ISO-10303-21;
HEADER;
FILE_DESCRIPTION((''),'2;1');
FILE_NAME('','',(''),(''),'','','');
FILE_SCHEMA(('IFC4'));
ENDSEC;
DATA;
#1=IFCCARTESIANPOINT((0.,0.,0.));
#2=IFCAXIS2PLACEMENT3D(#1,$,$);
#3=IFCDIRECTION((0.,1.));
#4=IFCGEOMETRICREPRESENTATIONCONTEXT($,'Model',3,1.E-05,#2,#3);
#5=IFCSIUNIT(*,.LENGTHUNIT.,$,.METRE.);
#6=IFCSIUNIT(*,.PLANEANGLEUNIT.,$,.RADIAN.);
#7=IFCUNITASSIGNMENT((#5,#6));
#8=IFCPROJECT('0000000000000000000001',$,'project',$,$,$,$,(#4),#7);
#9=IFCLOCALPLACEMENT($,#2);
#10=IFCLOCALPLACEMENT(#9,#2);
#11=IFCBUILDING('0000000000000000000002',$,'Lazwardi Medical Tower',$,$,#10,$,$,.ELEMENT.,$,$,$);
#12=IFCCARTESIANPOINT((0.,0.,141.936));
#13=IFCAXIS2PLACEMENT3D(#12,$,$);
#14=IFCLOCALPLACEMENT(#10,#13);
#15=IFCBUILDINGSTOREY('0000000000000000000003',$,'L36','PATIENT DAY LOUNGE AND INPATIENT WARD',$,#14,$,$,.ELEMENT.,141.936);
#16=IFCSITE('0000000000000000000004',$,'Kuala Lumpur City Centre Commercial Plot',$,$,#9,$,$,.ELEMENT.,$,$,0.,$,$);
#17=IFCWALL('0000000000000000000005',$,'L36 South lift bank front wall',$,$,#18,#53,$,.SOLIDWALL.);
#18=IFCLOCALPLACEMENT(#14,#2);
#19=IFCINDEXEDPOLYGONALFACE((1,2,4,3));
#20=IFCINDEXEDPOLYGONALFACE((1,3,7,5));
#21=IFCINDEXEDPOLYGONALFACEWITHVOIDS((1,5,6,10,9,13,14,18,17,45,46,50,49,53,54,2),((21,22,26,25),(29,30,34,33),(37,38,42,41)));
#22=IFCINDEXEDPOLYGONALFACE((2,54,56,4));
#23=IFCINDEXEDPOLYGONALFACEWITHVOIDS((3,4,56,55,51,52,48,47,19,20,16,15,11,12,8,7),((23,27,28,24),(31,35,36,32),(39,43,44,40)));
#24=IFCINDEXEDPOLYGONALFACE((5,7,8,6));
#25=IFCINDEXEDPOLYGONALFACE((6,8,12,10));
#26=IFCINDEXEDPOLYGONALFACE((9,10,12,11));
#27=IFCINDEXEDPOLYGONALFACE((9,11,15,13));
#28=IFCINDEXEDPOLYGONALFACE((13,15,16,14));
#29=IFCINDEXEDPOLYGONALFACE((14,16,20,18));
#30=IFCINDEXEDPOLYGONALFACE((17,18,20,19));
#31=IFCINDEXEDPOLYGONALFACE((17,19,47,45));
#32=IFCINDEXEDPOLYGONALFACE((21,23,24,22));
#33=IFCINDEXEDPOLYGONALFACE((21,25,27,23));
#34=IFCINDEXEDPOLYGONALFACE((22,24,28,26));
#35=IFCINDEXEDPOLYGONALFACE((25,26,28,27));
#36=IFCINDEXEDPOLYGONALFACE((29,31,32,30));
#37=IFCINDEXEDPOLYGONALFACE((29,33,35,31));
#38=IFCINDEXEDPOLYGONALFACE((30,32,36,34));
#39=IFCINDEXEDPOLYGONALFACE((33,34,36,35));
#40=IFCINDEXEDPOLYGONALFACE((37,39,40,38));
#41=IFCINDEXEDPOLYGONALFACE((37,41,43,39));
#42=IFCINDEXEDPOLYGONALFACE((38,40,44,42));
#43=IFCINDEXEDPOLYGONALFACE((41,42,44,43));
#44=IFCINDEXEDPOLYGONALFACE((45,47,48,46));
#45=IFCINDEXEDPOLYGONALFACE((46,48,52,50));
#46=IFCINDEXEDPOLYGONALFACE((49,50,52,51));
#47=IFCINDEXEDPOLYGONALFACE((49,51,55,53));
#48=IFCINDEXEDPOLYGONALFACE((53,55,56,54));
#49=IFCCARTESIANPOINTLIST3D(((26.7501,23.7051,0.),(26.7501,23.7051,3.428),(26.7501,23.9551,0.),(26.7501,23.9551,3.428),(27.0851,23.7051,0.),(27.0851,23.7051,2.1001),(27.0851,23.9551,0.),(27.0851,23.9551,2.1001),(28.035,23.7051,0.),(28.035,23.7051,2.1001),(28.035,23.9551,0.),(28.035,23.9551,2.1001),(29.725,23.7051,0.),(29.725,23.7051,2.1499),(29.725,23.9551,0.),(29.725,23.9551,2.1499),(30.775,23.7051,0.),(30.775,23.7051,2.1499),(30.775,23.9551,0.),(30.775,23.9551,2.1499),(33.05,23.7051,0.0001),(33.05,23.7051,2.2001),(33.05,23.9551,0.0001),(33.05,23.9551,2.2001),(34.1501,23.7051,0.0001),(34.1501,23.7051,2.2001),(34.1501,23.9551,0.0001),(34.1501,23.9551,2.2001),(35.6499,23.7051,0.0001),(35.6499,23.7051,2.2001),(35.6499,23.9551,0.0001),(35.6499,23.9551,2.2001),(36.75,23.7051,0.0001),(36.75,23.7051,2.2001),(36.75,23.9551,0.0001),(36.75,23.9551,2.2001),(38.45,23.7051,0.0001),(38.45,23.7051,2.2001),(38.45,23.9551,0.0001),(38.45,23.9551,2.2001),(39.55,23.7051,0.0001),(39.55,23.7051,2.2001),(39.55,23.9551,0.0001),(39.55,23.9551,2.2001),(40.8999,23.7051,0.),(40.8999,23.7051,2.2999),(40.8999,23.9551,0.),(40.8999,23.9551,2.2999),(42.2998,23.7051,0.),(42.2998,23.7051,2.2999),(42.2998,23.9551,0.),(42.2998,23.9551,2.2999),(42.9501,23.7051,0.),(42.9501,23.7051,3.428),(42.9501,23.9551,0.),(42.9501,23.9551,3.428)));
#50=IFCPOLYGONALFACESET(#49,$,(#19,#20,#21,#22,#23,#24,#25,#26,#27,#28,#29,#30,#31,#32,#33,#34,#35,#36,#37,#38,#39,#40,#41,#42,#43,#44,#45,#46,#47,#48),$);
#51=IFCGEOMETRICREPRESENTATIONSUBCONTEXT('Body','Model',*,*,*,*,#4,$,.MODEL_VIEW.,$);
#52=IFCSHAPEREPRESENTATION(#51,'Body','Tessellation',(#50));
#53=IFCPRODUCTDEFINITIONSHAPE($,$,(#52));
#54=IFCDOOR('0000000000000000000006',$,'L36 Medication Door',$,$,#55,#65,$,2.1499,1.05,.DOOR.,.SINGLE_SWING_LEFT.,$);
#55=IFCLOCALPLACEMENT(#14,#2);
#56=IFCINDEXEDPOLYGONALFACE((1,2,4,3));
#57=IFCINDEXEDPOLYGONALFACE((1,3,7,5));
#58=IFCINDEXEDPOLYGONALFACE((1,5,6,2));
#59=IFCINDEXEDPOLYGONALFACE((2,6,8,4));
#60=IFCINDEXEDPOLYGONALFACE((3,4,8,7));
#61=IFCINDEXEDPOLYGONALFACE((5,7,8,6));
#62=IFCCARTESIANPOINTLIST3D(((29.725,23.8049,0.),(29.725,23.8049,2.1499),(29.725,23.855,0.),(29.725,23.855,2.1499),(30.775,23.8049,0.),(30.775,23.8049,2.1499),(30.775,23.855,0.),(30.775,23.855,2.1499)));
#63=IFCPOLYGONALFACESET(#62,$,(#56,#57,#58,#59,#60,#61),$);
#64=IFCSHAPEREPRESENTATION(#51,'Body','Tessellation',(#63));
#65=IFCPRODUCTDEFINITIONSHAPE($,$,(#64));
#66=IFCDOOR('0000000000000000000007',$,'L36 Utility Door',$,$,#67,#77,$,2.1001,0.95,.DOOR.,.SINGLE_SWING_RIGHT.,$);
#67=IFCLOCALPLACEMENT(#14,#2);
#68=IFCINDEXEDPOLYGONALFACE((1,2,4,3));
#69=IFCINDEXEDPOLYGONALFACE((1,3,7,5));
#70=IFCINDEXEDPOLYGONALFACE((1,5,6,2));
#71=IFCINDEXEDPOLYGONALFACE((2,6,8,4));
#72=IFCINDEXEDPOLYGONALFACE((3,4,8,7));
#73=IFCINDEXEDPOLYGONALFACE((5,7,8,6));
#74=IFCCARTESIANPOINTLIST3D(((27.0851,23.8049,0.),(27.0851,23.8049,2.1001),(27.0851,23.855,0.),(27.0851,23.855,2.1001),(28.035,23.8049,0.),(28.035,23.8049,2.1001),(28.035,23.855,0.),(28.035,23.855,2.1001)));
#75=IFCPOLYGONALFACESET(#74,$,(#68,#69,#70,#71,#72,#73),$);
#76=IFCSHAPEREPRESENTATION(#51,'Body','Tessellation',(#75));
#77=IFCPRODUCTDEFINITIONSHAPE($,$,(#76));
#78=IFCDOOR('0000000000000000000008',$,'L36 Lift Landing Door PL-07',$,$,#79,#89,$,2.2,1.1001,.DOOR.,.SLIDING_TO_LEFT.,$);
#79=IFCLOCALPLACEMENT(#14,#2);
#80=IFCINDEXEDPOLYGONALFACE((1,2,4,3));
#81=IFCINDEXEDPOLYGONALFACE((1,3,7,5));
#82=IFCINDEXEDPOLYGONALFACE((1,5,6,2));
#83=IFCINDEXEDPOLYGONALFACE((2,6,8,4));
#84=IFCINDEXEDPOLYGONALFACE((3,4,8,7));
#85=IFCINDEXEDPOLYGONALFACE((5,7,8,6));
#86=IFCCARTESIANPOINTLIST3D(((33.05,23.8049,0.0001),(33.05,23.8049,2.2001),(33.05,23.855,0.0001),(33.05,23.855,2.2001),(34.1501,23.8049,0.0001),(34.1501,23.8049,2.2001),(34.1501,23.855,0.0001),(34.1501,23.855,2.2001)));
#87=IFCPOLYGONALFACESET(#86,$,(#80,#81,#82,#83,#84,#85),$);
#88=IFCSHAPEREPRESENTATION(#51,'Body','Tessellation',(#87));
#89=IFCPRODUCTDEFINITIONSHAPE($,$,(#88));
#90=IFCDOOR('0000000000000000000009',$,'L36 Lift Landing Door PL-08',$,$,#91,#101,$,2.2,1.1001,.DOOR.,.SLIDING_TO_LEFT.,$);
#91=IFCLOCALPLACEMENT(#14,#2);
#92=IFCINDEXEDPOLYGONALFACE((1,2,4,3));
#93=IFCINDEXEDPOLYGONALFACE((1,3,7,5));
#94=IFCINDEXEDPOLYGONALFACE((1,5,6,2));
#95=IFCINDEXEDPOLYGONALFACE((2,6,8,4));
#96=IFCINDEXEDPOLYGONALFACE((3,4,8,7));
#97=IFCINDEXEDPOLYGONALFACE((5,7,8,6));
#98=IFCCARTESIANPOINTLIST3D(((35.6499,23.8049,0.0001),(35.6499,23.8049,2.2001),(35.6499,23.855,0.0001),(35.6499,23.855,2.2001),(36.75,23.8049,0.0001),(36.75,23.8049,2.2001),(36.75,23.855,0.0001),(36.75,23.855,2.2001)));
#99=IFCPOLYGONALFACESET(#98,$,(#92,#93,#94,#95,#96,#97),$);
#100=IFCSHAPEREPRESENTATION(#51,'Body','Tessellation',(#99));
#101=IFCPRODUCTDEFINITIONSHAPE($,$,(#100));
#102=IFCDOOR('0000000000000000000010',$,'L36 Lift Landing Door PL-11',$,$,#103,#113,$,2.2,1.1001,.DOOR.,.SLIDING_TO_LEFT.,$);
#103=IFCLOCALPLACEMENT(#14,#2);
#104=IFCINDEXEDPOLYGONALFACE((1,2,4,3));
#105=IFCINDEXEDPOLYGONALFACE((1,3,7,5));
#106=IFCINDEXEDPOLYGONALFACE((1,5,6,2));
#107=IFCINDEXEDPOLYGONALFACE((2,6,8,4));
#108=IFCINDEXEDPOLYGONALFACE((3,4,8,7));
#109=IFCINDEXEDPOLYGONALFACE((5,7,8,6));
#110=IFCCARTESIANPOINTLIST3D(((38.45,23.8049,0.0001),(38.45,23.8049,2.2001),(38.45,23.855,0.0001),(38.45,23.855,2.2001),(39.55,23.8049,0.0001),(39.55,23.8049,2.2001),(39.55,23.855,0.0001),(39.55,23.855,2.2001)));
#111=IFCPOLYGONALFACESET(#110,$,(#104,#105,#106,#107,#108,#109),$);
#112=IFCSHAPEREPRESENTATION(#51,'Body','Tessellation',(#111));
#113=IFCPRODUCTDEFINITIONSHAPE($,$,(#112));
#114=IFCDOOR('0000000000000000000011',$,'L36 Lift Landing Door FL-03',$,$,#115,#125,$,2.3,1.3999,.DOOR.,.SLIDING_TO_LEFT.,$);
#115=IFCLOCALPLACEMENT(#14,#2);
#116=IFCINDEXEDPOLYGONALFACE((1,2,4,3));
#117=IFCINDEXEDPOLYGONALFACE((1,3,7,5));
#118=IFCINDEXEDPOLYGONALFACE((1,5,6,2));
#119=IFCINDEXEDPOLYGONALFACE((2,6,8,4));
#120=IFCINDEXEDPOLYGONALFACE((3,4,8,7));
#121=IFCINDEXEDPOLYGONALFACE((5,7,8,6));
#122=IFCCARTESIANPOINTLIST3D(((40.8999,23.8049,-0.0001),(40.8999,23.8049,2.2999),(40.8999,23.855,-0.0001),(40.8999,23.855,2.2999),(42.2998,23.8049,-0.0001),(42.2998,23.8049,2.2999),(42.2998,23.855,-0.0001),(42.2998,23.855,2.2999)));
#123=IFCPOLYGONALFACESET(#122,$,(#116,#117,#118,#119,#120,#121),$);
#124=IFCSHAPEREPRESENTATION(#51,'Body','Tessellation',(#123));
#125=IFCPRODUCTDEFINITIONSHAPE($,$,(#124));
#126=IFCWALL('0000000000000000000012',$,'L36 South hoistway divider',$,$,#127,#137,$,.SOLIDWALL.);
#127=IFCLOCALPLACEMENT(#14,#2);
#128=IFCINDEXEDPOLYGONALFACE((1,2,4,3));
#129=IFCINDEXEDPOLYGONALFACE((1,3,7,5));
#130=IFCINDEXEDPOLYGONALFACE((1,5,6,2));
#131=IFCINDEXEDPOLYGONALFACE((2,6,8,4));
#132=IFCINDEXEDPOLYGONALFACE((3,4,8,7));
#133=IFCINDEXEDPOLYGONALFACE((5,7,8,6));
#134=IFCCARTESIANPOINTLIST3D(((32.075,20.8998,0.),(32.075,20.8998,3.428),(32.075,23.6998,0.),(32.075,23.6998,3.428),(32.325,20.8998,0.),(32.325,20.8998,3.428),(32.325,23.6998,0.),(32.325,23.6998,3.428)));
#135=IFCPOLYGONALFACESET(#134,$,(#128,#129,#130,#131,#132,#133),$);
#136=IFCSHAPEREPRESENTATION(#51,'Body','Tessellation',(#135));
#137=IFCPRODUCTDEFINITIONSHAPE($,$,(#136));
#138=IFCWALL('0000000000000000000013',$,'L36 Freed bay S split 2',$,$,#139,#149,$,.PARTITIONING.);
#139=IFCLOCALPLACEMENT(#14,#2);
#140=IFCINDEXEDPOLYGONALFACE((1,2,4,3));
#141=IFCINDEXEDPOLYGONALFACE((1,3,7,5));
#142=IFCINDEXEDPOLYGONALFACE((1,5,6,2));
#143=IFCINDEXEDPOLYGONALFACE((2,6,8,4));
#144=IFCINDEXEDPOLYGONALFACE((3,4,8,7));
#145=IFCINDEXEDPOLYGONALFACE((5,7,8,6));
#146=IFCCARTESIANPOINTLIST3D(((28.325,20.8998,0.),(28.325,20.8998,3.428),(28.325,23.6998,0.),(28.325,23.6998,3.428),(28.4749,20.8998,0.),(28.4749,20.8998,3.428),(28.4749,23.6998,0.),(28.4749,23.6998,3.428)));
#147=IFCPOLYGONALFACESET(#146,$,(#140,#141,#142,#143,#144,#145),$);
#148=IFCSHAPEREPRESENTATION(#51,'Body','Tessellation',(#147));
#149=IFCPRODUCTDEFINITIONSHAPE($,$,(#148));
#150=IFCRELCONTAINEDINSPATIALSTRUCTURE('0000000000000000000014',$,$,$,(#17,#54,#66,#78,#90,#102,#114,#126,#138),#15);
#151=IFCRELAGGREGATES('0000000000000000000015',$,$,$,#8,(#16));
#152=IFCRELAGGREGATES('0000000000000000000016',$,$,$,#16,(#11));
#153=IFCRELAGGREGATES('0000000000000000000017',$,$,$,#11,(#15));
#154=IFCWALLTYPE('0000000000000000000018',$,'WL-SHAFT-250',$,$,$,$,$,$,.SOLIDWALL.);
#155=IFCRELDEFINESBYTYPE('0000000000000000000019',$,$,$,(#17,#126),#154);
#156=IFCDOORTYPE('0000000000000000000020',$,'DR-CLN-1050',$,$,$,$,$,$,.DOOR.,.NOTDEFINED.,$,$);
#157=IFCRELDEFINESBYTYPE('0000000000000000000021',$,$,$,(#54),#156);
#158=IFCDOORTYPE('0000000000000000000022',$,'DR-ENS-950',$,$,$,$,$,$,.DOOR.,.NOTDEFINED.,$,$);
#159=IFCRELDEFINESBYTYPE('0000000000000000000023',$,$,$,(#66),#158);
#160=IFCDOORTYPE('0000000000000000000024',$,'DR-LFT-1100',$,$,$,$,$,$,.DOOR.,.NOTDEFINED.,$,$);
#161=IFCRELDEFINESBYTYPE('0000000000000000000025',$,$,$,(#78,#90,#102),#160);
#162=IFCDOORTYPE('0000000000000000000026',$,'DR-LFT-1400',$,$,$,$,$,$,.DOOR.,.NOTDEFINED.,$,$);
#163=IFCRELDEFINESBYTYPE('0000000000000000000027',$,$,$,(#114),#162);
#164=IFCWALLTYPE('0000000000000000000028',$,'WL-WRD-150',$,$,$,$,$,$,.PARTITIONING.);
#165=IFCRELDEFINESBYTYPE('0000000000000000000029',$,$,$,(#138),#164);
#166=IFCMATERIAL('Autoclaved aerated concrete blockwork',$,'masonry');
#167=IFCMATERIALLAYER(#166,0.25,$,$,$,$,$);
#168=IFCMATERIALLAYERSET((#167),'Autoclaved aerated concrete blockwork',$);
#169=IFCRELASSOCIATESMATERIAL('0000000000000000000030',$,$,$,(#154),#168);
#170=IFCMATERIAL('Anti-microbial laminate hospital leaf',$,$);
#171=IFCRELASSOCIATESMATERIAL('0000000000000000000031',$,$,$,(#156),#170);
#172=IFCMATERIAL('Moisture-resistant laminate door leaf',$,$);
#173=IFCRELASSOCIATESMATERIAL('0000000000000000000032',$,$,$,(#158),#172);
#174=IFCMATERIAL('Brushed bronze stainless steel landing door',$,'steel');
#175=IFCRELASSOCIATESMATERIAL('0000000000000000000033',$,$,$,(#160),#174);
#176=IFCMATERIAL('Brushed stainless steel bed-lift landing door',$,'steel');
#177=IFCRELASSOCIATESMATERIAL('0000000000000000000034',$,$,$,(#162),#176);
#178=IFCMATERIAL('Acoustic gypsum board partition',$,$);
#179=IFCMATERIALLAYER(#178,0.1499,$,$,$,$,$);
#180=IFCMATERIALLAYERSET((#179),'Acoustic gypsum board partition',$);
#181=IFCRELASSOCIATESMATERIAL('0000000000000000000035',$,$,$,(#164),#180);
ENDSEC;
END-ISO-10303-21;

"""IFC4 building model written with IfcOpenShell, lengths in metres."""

from ifc_helpers import new_model, si_unit, direction, frame, frame_2d, origin, place, context, subcontext, project, spatial, rectangle, extrude, material, layer, layer_set, type_object, element, fill, save


model = new_model("IFC4")

# Units and contexts
model_context = context("Model", 3, precision=1e-05, world=origin(), true_north=direction((0.0, 1.0)))
body_context = subcontext(model_context, "Body", "Model", "MODEL_VIEW")
ifc_project = project(units=[si_unit("LENGTHUNIT", "METRE"), si_unit("PLANEANGLEUNIT", "RADIAN")], contexts=[model_context])

# Site, building, storey
site_placement = place(None, origin())
site = spatial("IfcSite", under=ifc_project, at=site_placement, Name="Kuala Lumpur City Centre Commercial Plot", CompositionType="ELEMENT", RefElevation=0.0)
building_placement = place(site_placement, origin())
building = spatial("IfcBuilding", under=site, at=building_placement, Name="Lazwardi Medical Tower", CompositionType="ELEMENT")
storey_placement = place(building_placement, frame((0.0, 0.0, 141.936)))
storey = spatial("IfcBuildingStorey", under=building, at=storey_placement, Name="L36", Description="PATIENT DAY LOUNGE AND INPATIENT WARD", CompositionType="ELEMENT", Elevation=141.936)

# Wall, openings, doors
ifc_material_1 = material(Name="Autoclaved aerated concrete blockwork", Category="masonry")
ifc_layer_1 = layer(ifc_material_1, 0.25)
ifc_layer_set_1 = layer_set([ifc_layer_1], Name="Autoclaved aerated concrete blockwork")
wall_type_1 = type_object("IfcWallType", Name="WL-SHAFT-250", PredefinedType="SOLIDWALL", material=ifc_layer_set_1)
wall_1_placement = place(storey_placement, frame((26.75, 23.8301, 0.0), z_axis=(0.0, 0.0, 1.0), x_axis=(1.0, 0.0, 0.0)))
wall_1 = element("IfcWall", 1, at=wall_1_placement, inside=storey, type_object=wall_type_1, Name="L36 South lift bank front wall", PredefinedType="SOLIDWALL", context=body_context, shape_type="SweptSolid", body=[
    extrude(rectangle(XDim=16.2, YDim=0.25, at=frame_2d((8.1001, 0.0))), origin(), (0.0, 0.0, 1.0), 3.428),
])
opening_1_placement = place(wall_1_placement, frame((0.335, 0.0, 0.0)))
opening_1 = element("IfcOpeningElement", 2, at=opening_1_placement, cuts=wall_1, PredefinedType="OPENING", context=body_context, shape_type="SweptSolid", body=[
    extrude(rectangle(XDim=0.95, YDim=2.1001, at=frame_2d((0.4751, 1.05))), frame((0.0, 0.135, 0.0), z_axis=(0.0, -1.0, 0.0), x_axis=(1.0, 0.0, 0.0)), (0.0, 0.0, 1.0), 0.27),
])
opening_2_placement = place(wall_1_placement, frame((2.9751, 0.0, 0.0)))
opening_2 = element("IfcOpeningElement", 3, at=opening_2_placement, cuts=wall_1, PredefinedType="OPENING", context=body_context, shape_type="SweptSolid", body=[
    extrude(rectangle(XDim=1.05, YDim=2.1499, at=frame_2d((0.5249, 1.075))), frame((0.0, 0.135, 0.0), z_axis=(0.0, -1.0, 0.0), x_axis=(1.0, 0.0, 0.0)), (0.0, 0.0, 1.0), 0.27),
])
opening_3_placement = place(wall_1_placement, frame((6.3, 0.0, 0.0)))
opening_3 = element("IfcOpeningElement", 4, at=opening_3_placement, cuts=wall_1, PredefinedType="OPENING", context=body_context, shape_type="SweptSolid", body=[
    extrude(rectangle(XDim=1.1001, YDim=2.2, at=frame_2d((0.55, 1.1001))), frame((0.0, 0.135, 0.0), z_axis=(0.0, -1.0, 0.0), x_axis=(1.0, 0.0, 0.0)), (0.0, 0.0, 1.0), 0.27),
])
opening_4_placement = place(wall_1_placement, frame((8.8999, 0.0, 0.0)))
opening_4 = element("IfcOpeningElement", 5, at=opening_4_placement, cuts=wall_1, PredefinedType="OPENING", context=body_context, shape_type="SweptSolid", body=[
    extrude(rectangle(XDim=1.1001, YDim=2.2, at=frame_2d((0.55, 1.1001))), frame((0.0, 0.135, 0.0), z_axis=(0.0, -1.0, 0.0), x_axis=(1.0, 0.0, 0.0)), (0.0, 0.0, 1.0), 0.27),
])
opening_5_placement = place(wall_1_placement, frame((11.7, 0.0, 0.0)))
opening_5 = element("IfcOpeningElement", 6, at=opening_5_placement, cuts=wall_1, PredefinedType="OPENING", context=body_context, shape_type="SweptSolid", body=[
    extrude(rectangle(XDim=1.1001, YDim=2.2, at=frame_2d((0.55, 1.1001))), frame((0.0, 0.135, 0.0), z_axis=(0.0, -1.0, 0.0), x_axis=(1.0, 0.0, 0.0)), (0.0, 0.0, 1.0), 0.27),
])
opening_6_placement = place(wall_1_placement, frame((14.1499, 0.0, 0.0)))
opening_6 = element("IfcOpeningElement", 7, at=opening_6_placement, cuts=wall_1, PredefinedType="OPENING", context=body_context, shape_type="SweptSolid", body=[
    extrude(rectangle(XDim=1.3999, YDim=2.3, at=frame_2d((0.7, 1.1499))), frame((0.0, 0.135, 0.0), z_axis=(0.0, -1.0, 0.0), x_axis=(1.0, 0.0, 0.0)), (0.0, 0.0, 1.0), 0.27),
])
ifc_material_2 = material(Name="Anti-microbial laminate hospital leaf")
door_type_1 = type_object("IfcDoorType", Name="DR-CLN-1050", OperationType="NOTDEFINED", PredefinedType="DOOR", material=ifc_material_2)
door_1_placement = place(opening_2_placement, origin())
door_1 = element("IfcDoor", 8, at=door_1_placement, inside=storey, type_object=door_type_1, Name="L36 Medication Door", OperationType="SINGLE_SWING_LEFT", OverallHeight=2.1499, OverallWidth=1.05, PredefinedType="DOOR", context=body_context, shape_type="SweptSolid", body=[
    extrude(rectangle(XDim=1.05, YDim=2.1499, at=frame_2d((0.5249, 1.075))), frame((0.0, 0.0249, 0.0), z_axis=(0.0, -1.0, 0.0), x_axis=(1.0, 0.0, 0.0)), (0.0, 0.0, 1.0), 0.05),
])
fill(opening_2, door_1)
ifc_material_3 = material(Name="Moisture-resistant laminate door leaf")
door_type_2 = type_object("IfcDoorType", Name="DR-ENS-950", OperationType="NOTDEFINED", PredefinedType="DOOR", material=ifc_material_3)
door_2_placement = place(opening_1_placement, origin())
door_2 = element("IfcDoor", 9, at=door_2_placement, inside=storey, type_object=door_type_2, Name="L36 Utility Door", OperationType="SINGLE_SWING_RIGHT", OverallHeight=2.1001, OverallWidth=0.95, PredefinedType="DOOR", context=body_context, shape_type="SweptSolid", body=[
    extrude(rectangle(XDim=0.95, YDim=2.1001, at=frame_2d((0.4751, 1.05))), frame((0.0, 0.0249, 0.0), z_axis=(0.0, -1.0, 0.0), x_axis=(1.0, 0.0, 0.0)), (0.0, 0.0, 1.0), 0.05),
])
fill(opening_1, door_2)
ifc_material_4 = material(Name="Brushed bronze stainless steel landing door", Category="steel")
door_type_3 = type_object("IfcDoorType", Name="DR-LFT-1100", OperationType="NOTDEFINED", PredefinedType="DOOR", material=ifc_material_4)
door_3_placement = place(opening_3_placement, origin())
door_3 = element("IfcDoor", 10, at=door_3_placement, inside=storey, type_object=door_type_3, Name="L36 Lift Landing Door PL-07", OperationType="SLIDING_TO_LEFT", OverallHeight=2.2, OverallWidth=1.1001, PredefinedType="DOOR", context=body_context, shape_type="SweptSolid", body=[
    extrude(rectangle(XDim=1.1001, YDim=2.2, at=frame_2d((0.55, 1.1001))), frame((0.0, 0.0249, 0.0), z_axis=(0.0, -1.0, 0.0), x_axis=(1.0, 0.0, 0.0)), (0.0, 0.0, 1.0), 0.05),
])
fill(opening_3, door_3)
door_4_placement = place(opening_4_placement, origin())
door_4 = element("IfcDoor", 11, at=door_4_placement, inside=storey, type_object=door_type_3, Name="L36 Lift Landing Door PL-08", OperationType="SLIDING_TO_LEFT", OverallHeight=2.2, OverallWidth=1.1001, PredefinedType="DOOR", context=body_context, shape_type="SweptSolid", body=[
    extrude(rectangle(XDim=1.1001, YDim=2.2, at=frame_2d((0.55, 1.1001))), frame((0.0, 0.0249, 0.0), z_axis=(0.0, -1.0, 0.0), x_axis=(1.0, 0.0, 0.0)), (0.0, 0.0, 1.0), 0.05),
])
fill(opening_4, door_4)
door_5_placement = place(opening_5_placement, origin())
door_5 = element("IfcDoor", 12, at=door_5_placement, inside=storey, type_object=door_type_3, Name="L36 Lift Landing Door PL-11", OperationType="SLIDING_TO_LEFT", OverallHeight=2.2, OverallWidth=1.1001, PredefinedType="DOOR", context=body_context, shape_type="SweptSolid", body=[
    extrude(rectangle(XDim=1.1001, YDim=2.2, at=frame_2d((0.55, 1.1001))), frame((0.0, 0.0249, 0.0), z_axis=(0.0, -1.0, 0.0), x_axis=(1.0, 0.0, 0.0)), (0.0, 0.0, 1.0), 0.05),
])
fill(opening_5, door_5)
ifc_material_5 = material(Name="Brushed stainless steel bed-lift landing door", Category="steel")
door_type_4 = type_object("IfcDoorType", Name="DR-LFT-1400", OperationType="NOTDEFINED", PredefinedType="DOOR", material=ifc_material_5)
door_6_placement = place(opening_6_placement, origin())
door_6 = element("IfcDoor", 13, at=door_6_placement, inside=storey, type_object=door_type_4, Name="L36 Lift Landing Door FL-03", OperationType="SLIDING_TO_LEFT", OverallHeight=2.3, OverallWidth=1.3999, PredefinedType="DOOR", context=body_context, shape_type="SweptSolid", body=[
    extrude(rectangle(XDim=1.3999, YDim=2.3, at=frame_2d((0.7, 1.1499))), frame((0.0, 0.0249, 0.0), z_axis=(0.0, -1.0, 0.0), x_axis=(1.0, 0.0, 0.0)), (0.0, 0.0, 1.0), 0.05),
])
fill(opening_6, door_6)

# Walls
wall_2_placement = place(storey_placement, frame((32.2, 20.8999, 0.0), z_axis=(0.0, 0.0, 1.0), x_axis=(0.0, 1.0, 0.0)))
element("IfcWall", 14, at=wall_2_placement, inside=storey, type_object=wall_type_1, Name="L36 South hoistway divider", PredefinedType="SOLIDWALL", context=body_context, shape_type="SweptSolid", body=[
    extrude(rectangle(XDim=2.8, YDim=0.25, at=frame_2d((1.3999, 0.0))), origin(), (0.0, 0.0, 1.0), 3.428),
])
ifc_material_6 = material(Name="Acoustic gypsum board partition")
ifc_layer_2 = layer(ifc_material_6, 0.1499)
ifc_layer_set_2 = layer_set([ifc_layer_2], Name="Acoustic gypsum board partition")
wall_type_2 = type_object("IfcWallType", Name="WL-WRD-150", PredefinedType="PARTITIONING", material=ifc_layer_set_2)
wall_3_placement = place(storey_placement, frame((28.3999, 20.8999, 0.0), z_axis=(0.0, 0.0, 1.0), x_axis=(0.0, 1.0, 0.0)))
element("IfcWall", 15, at=wall_3_placement, inside=storey, type_object=wall_type_2, Name="L36 Freed bay S split 2", PredefinedType="PARTITIONING", context=body_context, shape_type="SweptSolid", body=[
    extrude(rectangle(XDim=2.8, YDim=0.1499, at=frame_2d((1.3999, 0.0))), origin(), (0.0, 0.0, 1.0), 3.428),
])

save(model, "model.ifc")
